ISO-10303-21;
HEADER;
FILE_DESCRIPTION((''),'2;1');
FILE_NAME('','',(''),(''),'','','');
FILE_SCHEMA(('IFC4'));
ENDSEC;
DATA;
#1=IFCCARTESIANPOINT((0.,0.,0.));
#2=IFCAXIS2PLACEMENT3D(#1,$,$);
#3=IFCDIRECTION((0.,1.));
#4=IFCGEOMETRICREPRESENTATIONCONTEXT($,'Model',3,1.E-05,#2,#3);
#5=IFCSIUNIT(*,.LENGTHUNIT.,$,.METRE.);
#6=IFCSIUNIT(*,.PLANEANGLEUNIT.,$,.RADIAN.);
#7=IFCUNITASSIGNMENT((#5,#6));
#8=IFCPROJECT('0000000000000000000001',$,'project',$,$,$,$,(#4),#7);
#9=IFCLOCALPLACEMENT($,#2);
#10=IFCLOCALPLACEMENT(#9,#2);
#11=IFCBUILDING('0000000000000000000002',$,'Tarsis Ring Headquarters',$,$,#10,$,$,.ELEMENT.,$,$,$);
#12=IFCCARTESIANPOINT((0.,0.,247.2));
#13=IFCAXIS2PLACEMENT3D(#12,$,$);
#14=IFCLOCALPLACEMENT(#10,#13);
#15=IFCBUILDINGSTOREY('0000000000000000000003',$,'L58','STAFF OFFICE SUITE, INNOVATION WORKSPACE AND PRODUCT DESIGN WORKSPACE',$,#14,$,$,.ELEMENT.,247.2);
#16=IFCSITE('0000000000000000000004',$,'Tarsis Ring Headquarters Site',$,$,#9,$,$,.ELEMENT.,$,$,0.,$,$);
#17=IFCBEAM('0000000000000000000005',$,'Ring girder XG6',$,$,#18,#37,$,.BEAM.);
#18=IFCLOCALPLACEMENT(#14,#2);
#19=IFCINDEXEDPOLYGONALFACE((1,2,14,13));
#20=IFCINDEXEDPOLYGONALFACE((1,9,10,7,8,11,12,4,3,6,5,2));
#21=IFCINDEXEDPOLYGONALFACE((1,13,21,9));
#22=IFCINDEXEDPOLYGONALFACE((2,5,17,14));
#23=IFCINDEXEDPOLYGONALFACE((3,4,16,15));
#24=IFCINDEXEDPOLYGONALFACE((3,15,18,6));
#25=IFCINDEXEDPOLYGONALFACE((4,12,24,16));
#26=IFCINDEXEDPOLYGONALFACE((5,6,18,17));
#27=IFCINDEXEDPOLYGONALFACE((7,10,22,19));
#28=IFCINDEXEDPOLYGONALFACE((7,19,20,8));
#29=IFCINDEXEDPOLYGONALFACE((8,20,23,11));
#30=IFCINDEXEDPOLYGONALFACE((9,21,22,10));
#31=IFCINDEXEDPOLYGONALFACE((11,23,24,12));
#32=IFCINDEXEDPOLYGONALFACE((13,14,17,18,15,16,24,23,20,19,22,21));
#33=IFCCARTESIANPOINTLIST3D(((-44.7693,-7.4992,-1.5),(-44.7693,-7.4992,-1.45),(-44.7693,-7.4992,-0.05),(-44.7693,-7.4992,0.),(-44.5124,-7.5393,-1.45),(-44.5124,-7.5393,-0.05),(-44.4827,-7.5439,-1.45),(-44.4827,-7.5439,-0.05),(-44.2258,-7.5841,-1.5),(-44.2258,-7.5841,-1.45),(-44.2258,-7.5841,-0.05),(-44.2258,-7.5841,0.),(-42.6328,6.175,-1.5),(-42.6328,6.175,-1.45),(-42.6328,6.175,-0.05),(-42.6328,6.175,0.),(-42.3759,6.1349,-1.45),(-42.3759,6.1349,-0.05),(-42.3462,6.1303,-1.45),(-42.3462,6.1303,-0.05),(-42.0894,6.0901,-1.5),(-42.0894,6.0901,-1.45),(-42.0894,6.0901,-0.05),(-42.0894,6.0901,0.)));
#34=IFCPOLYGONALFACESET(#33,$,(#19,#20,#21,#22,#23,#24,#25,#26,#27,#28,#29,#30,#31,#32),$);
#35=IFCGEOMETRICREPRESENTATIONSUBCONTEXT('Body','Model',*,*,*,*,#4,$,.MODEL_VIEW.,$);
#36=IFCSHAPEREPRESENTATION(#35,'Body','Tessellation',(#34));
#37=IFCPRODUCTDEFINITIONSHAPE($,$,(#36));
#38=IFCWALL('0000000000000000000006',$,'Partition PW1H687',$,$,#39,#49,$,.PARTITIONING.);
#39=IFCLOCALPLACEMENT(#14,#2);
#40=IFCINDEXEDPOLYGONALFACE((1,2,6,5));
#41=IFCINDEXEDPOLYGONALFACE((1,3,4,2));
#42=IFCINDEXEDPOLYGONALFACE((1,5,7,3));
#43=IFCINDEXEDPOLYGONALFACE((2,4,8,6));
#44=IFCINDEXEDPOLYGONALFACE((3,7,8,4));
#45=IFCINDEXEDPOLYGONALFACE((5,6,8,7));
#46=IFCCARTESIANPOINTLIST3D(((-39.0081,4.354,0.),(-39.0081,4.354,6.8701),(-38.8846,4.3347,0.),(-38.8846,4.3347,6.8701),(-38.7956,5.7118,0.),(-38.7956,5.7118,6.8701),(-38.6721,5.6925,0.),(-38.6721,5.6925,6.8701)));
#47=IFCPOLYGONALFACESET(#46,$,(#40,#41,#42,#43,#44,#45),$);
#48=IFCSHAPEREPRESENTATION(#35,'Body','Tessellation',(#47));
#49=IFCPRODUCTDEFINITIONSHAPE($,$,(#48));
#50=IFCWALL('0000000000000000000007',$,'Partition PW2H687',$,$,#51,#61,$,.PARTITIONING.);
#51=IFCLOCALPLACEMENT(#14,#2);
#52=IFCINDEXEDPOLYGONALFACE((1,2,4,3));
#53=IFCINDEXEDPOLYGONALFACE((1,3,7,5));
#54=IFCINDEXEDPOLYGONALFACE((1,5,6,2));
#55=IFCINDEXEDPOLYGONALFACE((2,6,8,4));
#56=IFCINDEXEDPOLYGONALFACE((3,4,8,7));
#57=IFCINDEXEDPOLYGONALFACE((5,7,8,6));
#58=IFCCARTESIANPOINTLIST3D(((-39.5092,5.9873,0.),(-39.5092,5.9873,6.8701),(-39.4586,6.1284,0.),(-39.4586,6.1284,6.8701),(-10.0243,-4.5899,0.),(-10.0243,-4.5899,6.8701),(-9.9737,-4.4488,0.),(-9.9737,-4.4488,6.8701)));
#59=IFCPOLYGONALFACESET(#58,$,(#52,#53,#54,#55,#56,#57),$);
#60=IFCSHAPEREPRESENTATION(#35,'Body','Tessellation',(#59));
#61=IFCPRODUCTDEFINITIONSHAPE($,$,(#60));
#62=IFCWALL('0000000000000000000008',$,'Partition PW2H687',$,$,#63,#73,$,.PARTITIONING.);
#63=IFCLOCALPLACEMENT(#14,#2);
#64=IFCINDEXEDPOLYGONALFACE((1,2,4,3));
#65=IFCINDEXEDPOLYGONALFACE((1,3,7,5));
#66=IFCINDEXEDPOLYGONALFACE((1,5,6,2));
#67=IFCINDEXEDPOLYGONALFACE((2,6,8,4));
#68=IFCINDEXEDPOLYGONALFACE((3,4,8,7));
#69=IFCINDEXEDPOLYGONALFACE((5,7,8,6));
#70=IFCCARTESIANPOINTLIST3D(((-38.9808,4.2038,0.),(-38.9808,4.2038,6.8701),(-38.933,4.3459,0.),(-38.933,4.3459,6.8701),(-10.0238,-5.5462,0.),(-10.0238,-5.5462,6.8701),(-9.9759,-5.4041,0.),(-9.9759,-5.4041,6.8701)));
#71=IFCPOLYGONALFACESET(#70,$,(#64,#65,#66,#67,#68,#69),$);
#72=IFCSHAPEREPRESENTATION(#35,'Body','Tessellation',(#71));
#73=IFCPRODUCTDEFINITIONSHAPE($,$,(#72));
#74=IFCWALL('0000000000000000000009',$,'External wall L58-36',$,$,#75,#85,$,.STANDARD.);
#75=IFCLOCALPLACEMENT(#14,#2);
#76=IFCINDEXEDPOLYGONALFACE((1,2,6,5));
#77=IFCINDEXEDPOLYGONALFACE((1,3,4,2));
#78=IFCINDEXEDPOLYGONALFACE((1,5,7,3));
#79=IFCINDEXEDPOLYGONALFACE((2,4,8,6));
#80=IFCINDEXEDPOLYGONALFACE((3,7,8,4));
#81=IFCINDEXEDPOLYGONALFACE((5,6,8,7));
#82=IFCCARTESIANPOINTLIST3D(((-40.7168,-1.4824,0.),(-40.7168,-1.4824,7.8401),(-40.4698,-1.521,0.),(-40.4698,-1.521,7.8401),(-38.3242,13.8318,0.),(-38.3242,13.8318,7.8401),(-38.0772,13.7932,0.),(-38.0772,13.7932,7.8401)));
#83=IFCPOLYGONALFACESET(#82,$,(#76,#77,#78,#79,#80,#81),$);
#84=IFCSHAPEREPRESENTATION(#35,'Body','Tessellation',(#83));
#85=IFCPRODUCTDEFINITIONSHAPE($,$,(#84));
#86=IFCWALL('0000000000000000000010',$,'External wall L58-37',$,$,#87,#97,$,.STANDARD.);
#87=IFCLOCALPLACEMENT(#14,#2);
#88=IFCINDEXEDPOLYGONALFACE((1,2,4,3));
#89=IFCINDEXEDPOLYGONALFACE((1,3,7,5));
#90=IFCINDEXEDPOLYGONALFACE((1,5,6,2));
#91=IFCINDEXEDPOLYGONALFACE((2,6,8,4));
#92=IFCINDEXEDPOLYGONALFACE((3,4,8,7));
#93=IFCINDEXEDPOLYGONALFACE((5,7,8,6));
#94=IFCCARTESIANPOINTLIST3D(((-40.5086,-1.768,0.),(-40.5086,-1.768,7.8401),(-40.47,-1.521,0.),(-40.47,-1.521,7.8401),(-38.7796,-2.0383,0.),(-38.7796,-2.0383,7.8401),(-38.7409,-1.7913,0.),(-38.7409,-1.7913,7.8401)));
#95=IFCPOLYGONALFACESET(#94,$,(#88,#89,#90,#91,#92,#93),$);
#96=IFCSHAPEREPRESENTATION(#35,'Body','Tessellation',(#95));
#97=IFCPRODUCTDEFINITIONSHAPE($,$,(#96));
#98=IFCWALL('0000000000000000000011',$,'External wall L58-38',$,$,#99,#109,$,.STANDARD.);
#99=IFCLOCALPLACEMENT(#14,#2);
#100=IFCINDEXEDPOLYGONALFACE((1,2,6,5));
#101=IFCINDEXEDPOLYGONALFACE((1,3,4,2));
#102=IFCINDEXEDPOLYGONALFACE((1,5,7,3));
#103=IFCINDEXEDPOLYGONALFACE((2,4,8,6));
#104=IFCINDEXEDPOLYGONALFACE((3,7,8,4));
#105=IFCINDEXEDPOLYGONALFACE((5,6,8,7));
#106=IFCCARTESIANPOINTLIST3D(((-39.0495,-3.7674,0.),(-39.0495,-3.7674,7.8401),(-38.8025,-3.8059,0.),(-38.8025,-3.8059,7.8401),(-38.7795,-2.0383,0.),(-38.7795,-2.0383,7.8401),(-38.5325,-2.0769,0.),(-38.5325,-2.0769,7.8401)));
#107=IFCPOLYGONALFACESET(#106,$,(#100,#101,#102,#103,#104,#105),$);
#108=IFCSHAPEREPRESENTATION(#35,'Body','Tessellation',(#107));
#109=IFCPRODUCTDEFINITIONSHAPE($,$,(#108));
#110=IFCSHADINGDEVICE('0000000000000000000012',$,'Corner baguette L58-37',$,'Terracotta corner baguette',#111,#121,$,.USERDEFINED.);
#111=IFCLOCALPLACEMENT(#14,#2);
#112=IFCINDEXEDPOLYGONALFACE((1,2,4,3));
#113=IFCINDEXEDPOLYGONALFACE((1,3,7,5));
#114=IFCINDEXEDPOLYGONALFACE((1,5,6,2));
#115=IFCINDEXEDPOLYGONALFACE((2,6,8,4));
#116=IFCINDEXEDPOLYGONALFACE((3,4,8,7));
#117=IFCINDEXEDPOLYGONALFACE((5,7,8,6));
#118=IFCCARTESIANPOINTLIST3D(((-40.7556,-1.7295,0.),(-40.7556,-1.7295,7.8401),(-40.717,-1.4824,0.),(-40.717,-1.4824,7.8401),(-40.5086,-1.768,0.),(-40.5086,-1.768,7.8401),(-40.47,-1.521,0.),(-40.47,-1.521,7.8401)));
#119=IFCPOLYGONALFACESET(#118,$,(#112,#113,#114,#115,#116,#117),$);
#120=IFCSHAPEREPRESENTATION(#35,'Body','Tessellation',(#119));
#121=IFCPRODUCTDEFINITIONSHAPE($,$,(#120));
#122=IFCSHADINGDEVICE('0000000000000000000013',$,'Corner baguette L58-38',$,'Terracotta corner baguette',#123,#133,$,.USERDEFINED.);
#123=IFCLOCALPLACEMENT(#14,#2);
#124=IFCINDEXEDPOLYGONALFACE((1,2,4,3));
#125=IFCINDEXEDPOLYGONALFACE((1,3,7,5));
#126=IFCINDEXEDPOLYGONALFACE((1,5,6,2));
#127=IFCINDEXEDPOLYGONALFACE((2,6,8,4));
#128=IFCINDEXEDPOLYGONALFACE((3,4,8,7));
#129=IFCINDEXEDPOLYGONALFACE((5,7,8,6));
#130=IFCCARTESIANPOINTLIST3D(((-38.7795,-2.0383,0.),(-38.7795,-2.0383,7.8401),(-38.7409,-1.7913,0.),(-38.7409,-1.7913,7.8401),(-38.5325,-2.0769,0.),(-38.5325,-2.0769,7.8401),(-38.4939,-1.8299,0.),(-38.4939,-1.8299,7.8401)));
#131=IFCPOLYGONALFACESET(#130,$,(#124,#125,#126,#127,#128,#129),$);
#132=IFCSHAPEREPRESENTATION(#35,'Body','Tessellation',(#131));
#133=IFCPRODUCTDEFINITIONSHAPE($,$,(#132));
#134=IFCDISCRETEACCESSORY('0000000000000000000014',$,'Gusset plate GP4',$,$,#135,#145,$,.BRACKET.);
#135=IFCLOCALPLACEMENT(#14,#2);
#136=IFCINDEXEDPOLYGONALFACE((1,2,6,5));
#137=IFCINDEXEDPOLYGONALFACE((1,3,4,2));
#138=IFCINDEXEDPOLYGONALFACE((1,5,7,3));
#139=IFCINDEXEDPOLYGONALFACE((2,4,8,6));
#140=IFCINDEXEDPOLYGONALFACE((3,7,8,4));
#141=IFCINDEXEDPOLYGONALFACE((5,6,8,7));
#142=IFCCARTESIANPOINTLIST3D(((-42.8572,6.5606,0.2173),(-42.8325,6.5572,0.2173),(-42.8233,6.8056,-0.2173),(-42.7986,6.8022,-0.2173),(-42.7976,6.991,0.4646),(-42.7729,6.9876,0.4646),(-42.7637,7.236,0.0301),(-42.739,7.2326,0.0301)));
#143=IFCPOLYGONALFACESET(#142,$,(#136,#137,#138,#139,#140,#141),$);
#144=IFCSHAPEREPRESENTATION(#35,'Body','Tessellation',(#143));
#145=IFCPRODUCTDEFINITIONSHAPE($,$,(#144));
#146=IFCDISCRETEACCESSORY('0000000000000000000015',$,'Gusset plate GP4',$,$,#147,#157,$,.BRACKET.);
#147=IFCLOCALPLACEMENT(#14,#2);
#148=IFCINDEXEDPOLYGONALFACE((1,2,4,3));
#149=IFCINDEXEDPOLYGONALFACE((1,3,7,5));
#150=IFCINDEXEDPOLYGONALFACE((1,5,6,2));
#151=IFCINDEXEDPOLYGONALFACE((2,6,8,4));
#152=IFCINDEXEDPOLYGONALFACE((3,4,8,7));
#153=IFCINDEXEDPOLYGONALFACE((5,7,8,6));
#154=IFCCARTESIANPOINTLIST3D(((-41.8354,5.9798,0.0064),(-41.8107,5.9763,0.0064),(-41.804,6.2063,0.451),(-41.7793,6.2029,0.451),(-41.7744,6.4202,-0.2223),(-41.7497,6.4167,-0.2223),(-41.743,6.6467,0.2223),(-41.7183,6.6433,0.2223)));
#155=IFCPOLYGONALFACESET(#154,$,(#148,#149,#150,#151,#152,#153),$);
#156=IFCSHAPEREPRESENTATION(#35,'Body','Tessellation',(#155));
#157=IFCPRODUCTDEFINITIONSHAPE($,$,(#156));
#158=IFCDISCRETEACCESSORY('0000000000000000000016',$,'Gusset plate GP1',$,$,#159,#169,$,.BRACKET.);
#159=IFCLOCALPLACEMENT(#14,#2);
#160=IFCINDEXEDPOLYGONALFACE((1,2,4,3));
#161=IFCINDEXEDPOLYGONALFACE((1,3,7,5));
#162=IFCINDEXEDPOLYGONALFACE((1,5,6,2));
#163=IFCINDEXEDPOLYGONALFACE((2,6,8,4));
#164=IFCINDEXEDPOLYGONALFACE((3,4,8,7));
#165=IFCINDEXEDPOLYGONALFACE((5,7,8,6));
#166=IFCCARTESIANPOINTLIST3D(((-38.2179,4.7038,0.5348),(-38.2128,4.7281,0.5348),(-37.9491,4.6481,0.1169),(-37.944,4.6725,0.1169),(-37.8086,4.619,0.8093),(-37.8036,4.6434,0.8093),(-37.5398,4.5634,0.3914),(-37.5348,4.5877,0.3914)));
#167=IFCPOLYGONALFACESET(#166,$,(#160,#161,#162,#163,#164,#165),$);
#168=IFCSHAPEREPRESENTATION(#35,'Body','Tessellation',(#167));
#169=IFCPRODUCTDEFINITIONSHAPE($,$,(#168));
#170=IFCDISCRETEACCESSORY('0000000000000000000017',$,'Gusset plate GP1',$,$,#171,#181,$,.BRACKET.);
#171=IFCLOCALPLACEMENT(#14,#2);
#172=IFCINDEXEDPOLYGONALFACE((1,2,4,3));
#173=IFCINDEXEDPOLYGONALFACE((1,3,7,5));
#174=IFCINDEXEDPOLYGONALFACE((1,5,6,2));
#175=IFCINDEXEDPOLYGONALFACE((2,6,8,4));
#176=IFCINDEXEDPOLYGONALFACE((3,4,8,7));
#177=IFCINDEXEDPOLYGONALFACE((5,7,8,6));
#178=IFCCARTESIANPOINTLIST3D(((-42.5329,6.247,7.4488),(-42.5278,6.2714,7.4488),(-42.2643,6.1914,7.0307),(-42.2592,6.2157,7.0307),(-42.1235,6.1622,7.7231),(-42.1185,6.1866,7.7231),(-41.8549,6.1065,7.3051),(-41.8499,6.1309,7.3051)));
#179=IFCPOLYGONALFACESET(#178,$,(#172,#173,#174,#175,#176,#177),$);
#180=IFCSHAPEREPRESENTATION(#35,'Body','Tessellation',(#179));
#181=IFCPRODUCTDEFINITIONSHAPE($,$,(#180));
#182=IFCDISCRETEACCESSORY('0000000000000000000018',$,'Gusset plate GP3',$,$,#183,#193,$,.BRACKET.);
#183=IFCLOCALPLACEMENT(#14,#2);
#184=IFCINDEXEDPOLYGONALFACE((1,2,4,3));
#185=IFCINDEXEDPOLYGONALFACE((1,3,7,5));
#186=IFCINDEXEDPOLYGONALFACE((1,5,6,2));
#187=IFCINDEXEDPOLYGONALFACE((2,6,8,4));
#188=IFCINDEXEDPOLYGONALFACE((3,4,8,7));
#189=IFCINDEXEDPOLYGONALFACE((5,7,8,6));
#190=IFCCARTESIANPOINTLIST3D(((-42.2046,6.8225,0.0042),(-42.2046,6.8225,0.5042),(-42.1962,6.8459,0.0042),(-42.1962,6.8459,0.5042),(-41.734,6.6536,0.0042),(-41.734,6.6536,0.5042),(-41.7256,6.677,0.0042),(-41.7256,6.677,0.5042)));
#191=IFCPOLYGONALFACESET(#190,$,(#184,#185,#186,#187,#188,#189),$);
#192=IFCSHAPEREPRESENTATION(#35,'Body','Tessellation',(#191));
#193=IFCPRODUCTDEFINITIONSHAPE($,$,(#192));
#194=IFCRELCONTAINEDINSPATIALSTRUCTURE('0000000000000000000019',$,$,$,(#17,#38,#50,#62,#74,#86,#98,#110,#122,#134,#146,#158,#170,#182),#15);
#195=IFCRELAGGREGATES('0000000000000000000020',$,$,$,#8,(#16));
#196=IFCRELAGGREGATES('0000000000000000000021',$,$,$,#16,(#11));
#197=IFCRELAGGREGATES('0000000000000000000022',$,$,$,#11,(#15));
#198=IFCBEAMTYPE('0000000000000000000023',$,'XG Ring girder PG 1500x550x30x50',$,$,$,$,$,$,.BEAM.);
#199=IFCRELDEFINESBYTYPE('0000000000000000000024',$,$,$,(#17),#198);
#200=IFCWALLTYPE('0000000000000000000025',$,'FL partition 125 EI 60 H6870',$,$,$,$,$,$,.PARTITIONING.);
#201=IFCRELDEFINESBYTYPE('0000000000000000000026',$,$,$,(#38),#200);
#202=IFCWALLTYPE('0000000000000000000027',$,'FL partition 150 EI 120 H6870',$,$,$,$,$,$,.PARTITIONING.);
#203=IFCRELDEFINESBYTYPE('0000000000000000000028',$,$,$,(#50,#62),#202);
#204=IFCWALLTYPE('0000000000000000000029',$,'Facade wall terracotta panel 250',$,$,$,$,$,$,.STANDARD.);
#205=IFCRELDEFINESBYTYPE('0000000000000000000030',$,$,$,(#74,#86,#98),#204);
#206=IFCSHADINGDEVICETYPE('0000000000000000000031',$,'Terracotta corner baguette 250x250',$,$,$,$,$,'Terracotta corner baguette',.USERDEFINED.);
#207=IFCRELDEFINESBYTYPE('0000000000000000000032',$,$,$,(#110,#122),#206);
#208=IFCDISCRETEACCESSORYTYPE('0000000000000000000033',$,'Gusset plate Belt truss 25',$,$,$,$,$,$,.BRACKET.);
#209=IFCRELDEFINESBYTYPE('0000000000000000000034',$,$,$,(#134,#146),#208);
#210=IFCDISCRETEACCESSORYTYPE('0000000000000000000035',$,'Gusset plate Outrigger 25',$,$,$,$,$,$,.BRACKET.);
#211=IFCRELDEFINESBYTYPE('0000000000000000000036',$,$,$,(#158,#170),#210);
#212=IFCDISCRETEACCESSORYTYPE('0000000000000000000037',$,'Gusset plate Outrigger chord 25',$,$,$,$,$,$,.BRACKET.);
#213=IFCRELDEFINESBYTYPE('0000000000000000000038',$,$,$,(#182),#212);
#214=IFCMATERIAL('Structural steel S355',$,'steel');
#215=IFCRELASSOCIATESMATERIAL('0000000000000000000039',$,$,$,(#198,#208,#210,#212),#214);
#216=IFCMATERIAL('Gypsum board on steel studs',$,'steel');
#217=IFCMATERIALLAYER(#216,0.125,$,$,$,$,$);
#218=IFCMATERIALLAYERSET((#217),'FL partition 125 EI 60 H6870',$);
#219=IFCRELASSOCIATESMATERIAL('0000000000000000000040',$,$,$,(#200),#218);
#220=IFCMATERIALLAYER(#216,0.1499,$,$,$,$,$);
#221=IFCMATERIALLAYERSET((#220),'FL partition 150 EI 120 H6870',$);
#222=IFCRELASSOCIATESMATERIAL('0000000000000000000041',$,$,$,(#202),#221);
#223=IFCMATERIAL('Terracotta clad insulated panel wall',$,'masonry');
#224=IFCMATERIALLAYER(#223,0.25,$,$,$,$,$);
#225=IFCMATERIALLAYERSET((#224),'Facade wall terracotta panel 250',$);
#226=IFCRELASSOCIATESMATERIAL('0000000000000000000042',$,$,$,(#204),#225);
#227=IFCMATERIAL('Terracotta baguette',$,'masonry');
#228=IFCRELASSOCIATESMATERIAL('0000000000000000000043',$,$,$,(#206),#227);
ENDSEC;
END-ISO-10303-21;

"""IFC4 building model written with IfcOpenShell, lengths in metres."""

from ifc_helpers import new_model, si_unit, direction, frame, frame_2d, origin, origin_2d, place, context, subcontext, project, spatial, rectangle, i_section, extrude, material, layer, layer_set, material_profile, profile_set, type_object, element, save


model = new_model("IFC4")

# Units and contexts
model_context = context("Model", 3, precision=1e-05, world=origin(), true_north=direction((0.0, 1.0)))
body_context = subcontext(model_context, "Body", "Model", "MODEL_VIEW")
ifc_project = project(units=[si_unit("LENGTHUNIT", "METRE"), si_unit("PLANEANGLEUNIT", "RADIAN")], contexts=[model_context])

# Site, building, storey
site_placement = place(None, origin())
site = spatial("IfcSite", under=ifc_project, at=site_placement, Name="Tarsis Ring Headquarters Site", CompositionType="ELEMENT", RefElevation=0.0)
building_placement = place(site_placement, origin())
building = spatial("IfcBuilding", under=site, at=building_placement, Name="Tarsis Ring Headquarters", CompositionType="ELEMENT")
storey_placement = place(building_placement, frame((0.0, 0.0, 247.2)))
storey = spatial("IfcBuildingStorey", under=building, at=storey_placement, Name="L58", Description="STAFF OFFICE SUITE, INNOVATION WORKSPACE AND PRODUCT DESIGN WORKSPACE", CompositionType="ELEMENT", Elevation=247.2)

# Shared definitions
ifc_material_1 = material(Name="Structural steel S355", Category="steel")

# Beam
ifc_material_profile_1 = material_profile(ifc_material_1, i_section(OverallWidth=0.55, OverallDepth=1.5, WebThickness=0.03, FlangeThickness=0.05, at=origin_2d()), Name="PG 1500x550x30x50")
ifc_profile_set_1 = profile_set([ifc_material_profile_1], Name="Structural steel S355")
beam_type = type_object("IfcBeamType", Name="XG Ring girder PG 1500x550x30x50", PredefinedType="BEAM", material=ifc_profile_set_1)
beam_1_placement = place(storey_placement, frame((-42.3611, 6.1326, -0.75), z_axis=(-0.15437, -0.988013, 0.0), x_axis=(0.988013, -0.15437, 0.0)))
element("IfcBeam", 1, at=beam_1_placement, inside=storey, type_object=beam_type, Name="Ring girder XG6", PredefinedType="BEAM", context=body_context, shape_type="SweptSolid", body=[
    extrude(i_section(OverallWidth=0.55, OverallDepth=1.5, WebThickness=0.03, FlangeThickness=0.05, at=origin_2d()), origin(), (0.0, 0.0, 1.0), 13.8401),
])

# Walls
ifc_material_2 = material(Name="Gypsum board on steel studs", Category="steel")
ifc_layer_1 = layer(ifc_material_2, 0.125)
ifc_layer_set_1 = layer_set([ifc_layer_1], Name="FL partition 125 EI 60 H6870")
wall_type_1 = type_object("IfcWallType", Name="FL partition 125 EI 60 H6870", PredefinedType="PARTITIONING", material=ifc_layer_set_1)
wall_1_placement = place(storey_placement, frame((-38.9463, 4.3445, 0.0), z_axis=(0.0, 0.0, 1.0), x_axis=(0.154567, 0.987982, 0.0)))
element("IfcWall", 2, at=wall_1_placement, inside=storey, type_object=wall_type_1, Name="Partition PW1H687", PredefinedType="PARTITIONING", context=body_context, shape_type="SweptSolid", body=[
    extrude(rectangle(XDim=1.3743, YDim=0.125, at=frame_2d((0.687, 0.0))), origin(), (0.0, 0.0, 1.0), 6.8701),
])
ifc_layer_2 = layer(ifc_material_2, 0.1499)
ifc_layer_set_2 = layer_set([ifc_layer_2], Name="FL partition 150 EI 120 H6870")
wall_type_2 = type_object("IfcWallType", Name="FL partition 150 EI 120 H6870", PredefinedType="PARTITIONING", material=ifc_layer_set_2)
wall_2_placement = place(storey_placement, frame((-39.4839, 6.0579, 0.0), z_axis=(0.0, 0.0, 1.0), x_axis=(0.941267, -0.337662, 0.0)))
element("IfcWall", 3, at=wall_2_placement, inside=storey, type_object=wall_type_2, Name="Partition PW2H687", PredefinedType="PARTITIONING", context=body_context, shape_type="SweptSolid", body=[
    extrude(rectangle(XDim=31.3247, YDim=0.1499, at=frame_2d((15.6624, 0.0))), origin(), (0.0, 0.0, 1.0), 6.8701),
])
wall_3_placement = place(storey_placement, frame((-38.957, 4.2749, 0.0), z_axis=(0.0, 0.0, 1.0), x_axis=(0.94772, -0.319103, 0.0)))
element("IfcWall", 4, at=wall_3_placement, inside=storey, type_object=wall_type_2, Name="Partition PW2H687", PredefinedType="PARTITIONING", context=body_context, shape_type="SweptSolid", body=[
    extrude(rectangle(XDim=30.5544, YDim=0.1499, at=frame_2d((15.2773, 0.0))), origin(), (0.0, 0.0, 1.0), 6.8701),
])
ifc_material_3 = material(Name="Terracotta clad insulated panel wall", Category="masonry")
ifc_layer_3 = layer(ifc_material_3, 0.25)
ifc_layer_set_3 = layer_set([ifc_layer_3], Name="Facade wall terracotta panel 250")
wall_type_3 = type_object("IfcWallType", Name="Facade wall terracotta panel 250", PredefinedType="STANDARD", material=ifc_layer_set_3)
wall_4_placement = place(storey_placement, frame((-38.2007, 13.8125, 0.0), z_axis=(0.0, 0.0, 1.0), x_axis=(-0.15436, -0.988015, 0.0)))
element("IfcWall", 5, at=wall_4_placement, inside=storey, type_object=wall_type_3, Name="External wall L58-36", PredefinedType="STANDARD", context=body_context, shape_type="SweptSolid", body=[
    extrude(rectangle(XDim=15.5, YDim=0.25, at=frame_2d((7.75, 0.0))), origin(), (0.0, 0.0, 1.0), 7.8401),
])
for number, where, z_axis, x_axis, name in (
    (6, (-40.4893, -1.6445, 0.0), (0.0, 0.0, 1.0), (0.988003, -0.154436, 0.0), "External wall L58-37"),
    (7, (-38.656, -2.0576, 0.0), (0.0, 0.0, 1.0), (-0.1543, -0.988024, 0.0), "External wall L58-38"),
):
    element("IfcWall", number, at=place(storey_placement, frame(where, z_axis=z_axis, x_axis=x_axis)), inside=storey, type_object=wall_type_3, Name=name, PredefinedType="STANDARD", context=body_context, shape_type="SweptSolid", body=[
        extrude(rectangle(XDim=1.75, YDim=0.25, at=frame_2d((0.875, 0.0))), origin(), (0.0, 0.0, 1.0), 7.8401),
    ])

# Shading devices
ifc_material_4 = material(Name="Terracotta baguette", Category="masonry")
shading_device_type_1 = type_object("IfcShadingDeviceType", Name="Terracotta corner baguette 250x250", ElementType="Terracotta corner baguette", PredefinedType="USERDEFINED", material=ifc_material_4)
for number, where, z_axis, x_axis, name in (
    (8, (-40.6128, -1.6252, 0.0), (0.0, 0.0, 1.0), (-0.154365, -0.988014, 0.0), "Corner baguette L58-37"),
    (9, (-38.6367, -1.9341, 0.0), (0.0, 0.0, 1.0), (0.988014, -0.154366, 0.0), "Corner baguette L58-38"),
):
    element("IfcShadingDevice", number, at=place(storey_placement, frame(where, z_axis=z_axis, x_axis=x_axis)), inside=storey, type_object=shading_device_type_1, Name=name, ObjectType="Terracotta corner baguette", PredefinedType="USERDEFINED", context=body_context, shape_type="SweptSolid", body=[
        extrude(rectangle(XDim=0.25, YDim=0.25, at=origin_2d()), origin(), (0.0, 0.0, 1.0), 7.8401),
    ])

# Discrete accessories
ifc_material_profile_2 = material_profile(ifc_material_1, rectangle(XDim=0.0249, YDim=0.5, at=origin_2d()), Name="PL 25x500")
ifc_profile_set_2 = profile_set([ifc_material_profile_2], Name="Structural steel S355")
discrete_accessory_type_1 = type_object("IfcDiscreteAccessoryType", Name="Gusset plate Belt truss 25", PredefinedType="BRACKET", material=ifc_profile_set_2)
for number, where, z_axis, x_axis, name in (
    (10, (-42.8279, 6.6814, 0.0), (0.119147, 0.860884, 0.494654), (-0.990558, 0.137094, 0.0), "Gusset plate GP4"),
    (11, (-41.7463, 6.5317, 0.0), (-0.122062, -0.880798, 0.457488), (0.990534, -0.137269, 0.0), "Gusset plate GP4"),
):
    element("IfcDiscreteAccessory", number, at=place(storey_placement, frame(where, z_axis=z_axis, x_axis=x_axis)), inside=storey, type_object=discrete_accessory_type_1, Name=name, PredefinedType="BRACKET", context=body_context, shape_type="SweptSolid", body=[
        extrude(rectangle(XDim=0.0249, YDim=0.5, at=origin_2d()), origin(), (0.0, 0.0, 1.0), 0.5),
    ])
discrete_accessory_type_2 = type_object("IfcDiscreteAccessoryType", Name="Gusset plate Outrigger 25", PredefinedType="BRACKET", material=ifc_profile_set_2)
for number, where, z_axis, x_axis, name in (
    (12, (-37.7419, 4.6179, 0.2542), (-0.537545, 0.111317, 0.835855), (-0.202782, -0.979224, 0.0), "Gusset plate GP1"),
    (13, (-42.3257, 6.2168, 7.5859), (0.537197, -0.111346, -0.836075), (0.202959, 0.979187, 0.0), "Gusset plate GP1"),
):
    element("IfcDiscreteAccessory", number, at=place(storey_placement, frame(where, z_axis=z_axis, x_axis=x_axis)), inside=storey, type_object=discrete_accessory_type_2, Name=name, PredefinedType="BRACKET", context=body_context, shape_type="SweptSolid", body=[
        extrude(rectangle(XDim=0.0249, YDim=0.5, at=origin_2d()), origin(), (0.0, 0.0, 1.0), 0.5),
    ])
discrete_accessory_type_3 = type_object("IfcDiscreteAccessoryType", Name="Gusset plate Outrigger chord 25", PredefinedType="BRACKET", material=ifc_profile_set_2)
for number, where, z_axis, x_axis, name in (
    (14, (-42.2004, 6.8342, 0.2542), (0.941211, -0.33782, 0.0), (0.33782, 0.941211, 0.0), "Gusset plate GP3"),
):
    element("IfcDiscreteAccessory", number, at=place(storey_placement, frame(where, z_axis=z_axis, x_axis=x_axis)), inside=storey, type_object=discrete_accessory_type_3, Name=name, PredefinedType="BRACKET", context=body_context, shape_type="SweptSolid", body=[
        extrude(rectangle(XDim=0.0249, YDim=0.5, at=origin_2d()), origin(), (0.0, 0.0, 1.0), 0.5),
    ])

save(model, "model.ifc")
